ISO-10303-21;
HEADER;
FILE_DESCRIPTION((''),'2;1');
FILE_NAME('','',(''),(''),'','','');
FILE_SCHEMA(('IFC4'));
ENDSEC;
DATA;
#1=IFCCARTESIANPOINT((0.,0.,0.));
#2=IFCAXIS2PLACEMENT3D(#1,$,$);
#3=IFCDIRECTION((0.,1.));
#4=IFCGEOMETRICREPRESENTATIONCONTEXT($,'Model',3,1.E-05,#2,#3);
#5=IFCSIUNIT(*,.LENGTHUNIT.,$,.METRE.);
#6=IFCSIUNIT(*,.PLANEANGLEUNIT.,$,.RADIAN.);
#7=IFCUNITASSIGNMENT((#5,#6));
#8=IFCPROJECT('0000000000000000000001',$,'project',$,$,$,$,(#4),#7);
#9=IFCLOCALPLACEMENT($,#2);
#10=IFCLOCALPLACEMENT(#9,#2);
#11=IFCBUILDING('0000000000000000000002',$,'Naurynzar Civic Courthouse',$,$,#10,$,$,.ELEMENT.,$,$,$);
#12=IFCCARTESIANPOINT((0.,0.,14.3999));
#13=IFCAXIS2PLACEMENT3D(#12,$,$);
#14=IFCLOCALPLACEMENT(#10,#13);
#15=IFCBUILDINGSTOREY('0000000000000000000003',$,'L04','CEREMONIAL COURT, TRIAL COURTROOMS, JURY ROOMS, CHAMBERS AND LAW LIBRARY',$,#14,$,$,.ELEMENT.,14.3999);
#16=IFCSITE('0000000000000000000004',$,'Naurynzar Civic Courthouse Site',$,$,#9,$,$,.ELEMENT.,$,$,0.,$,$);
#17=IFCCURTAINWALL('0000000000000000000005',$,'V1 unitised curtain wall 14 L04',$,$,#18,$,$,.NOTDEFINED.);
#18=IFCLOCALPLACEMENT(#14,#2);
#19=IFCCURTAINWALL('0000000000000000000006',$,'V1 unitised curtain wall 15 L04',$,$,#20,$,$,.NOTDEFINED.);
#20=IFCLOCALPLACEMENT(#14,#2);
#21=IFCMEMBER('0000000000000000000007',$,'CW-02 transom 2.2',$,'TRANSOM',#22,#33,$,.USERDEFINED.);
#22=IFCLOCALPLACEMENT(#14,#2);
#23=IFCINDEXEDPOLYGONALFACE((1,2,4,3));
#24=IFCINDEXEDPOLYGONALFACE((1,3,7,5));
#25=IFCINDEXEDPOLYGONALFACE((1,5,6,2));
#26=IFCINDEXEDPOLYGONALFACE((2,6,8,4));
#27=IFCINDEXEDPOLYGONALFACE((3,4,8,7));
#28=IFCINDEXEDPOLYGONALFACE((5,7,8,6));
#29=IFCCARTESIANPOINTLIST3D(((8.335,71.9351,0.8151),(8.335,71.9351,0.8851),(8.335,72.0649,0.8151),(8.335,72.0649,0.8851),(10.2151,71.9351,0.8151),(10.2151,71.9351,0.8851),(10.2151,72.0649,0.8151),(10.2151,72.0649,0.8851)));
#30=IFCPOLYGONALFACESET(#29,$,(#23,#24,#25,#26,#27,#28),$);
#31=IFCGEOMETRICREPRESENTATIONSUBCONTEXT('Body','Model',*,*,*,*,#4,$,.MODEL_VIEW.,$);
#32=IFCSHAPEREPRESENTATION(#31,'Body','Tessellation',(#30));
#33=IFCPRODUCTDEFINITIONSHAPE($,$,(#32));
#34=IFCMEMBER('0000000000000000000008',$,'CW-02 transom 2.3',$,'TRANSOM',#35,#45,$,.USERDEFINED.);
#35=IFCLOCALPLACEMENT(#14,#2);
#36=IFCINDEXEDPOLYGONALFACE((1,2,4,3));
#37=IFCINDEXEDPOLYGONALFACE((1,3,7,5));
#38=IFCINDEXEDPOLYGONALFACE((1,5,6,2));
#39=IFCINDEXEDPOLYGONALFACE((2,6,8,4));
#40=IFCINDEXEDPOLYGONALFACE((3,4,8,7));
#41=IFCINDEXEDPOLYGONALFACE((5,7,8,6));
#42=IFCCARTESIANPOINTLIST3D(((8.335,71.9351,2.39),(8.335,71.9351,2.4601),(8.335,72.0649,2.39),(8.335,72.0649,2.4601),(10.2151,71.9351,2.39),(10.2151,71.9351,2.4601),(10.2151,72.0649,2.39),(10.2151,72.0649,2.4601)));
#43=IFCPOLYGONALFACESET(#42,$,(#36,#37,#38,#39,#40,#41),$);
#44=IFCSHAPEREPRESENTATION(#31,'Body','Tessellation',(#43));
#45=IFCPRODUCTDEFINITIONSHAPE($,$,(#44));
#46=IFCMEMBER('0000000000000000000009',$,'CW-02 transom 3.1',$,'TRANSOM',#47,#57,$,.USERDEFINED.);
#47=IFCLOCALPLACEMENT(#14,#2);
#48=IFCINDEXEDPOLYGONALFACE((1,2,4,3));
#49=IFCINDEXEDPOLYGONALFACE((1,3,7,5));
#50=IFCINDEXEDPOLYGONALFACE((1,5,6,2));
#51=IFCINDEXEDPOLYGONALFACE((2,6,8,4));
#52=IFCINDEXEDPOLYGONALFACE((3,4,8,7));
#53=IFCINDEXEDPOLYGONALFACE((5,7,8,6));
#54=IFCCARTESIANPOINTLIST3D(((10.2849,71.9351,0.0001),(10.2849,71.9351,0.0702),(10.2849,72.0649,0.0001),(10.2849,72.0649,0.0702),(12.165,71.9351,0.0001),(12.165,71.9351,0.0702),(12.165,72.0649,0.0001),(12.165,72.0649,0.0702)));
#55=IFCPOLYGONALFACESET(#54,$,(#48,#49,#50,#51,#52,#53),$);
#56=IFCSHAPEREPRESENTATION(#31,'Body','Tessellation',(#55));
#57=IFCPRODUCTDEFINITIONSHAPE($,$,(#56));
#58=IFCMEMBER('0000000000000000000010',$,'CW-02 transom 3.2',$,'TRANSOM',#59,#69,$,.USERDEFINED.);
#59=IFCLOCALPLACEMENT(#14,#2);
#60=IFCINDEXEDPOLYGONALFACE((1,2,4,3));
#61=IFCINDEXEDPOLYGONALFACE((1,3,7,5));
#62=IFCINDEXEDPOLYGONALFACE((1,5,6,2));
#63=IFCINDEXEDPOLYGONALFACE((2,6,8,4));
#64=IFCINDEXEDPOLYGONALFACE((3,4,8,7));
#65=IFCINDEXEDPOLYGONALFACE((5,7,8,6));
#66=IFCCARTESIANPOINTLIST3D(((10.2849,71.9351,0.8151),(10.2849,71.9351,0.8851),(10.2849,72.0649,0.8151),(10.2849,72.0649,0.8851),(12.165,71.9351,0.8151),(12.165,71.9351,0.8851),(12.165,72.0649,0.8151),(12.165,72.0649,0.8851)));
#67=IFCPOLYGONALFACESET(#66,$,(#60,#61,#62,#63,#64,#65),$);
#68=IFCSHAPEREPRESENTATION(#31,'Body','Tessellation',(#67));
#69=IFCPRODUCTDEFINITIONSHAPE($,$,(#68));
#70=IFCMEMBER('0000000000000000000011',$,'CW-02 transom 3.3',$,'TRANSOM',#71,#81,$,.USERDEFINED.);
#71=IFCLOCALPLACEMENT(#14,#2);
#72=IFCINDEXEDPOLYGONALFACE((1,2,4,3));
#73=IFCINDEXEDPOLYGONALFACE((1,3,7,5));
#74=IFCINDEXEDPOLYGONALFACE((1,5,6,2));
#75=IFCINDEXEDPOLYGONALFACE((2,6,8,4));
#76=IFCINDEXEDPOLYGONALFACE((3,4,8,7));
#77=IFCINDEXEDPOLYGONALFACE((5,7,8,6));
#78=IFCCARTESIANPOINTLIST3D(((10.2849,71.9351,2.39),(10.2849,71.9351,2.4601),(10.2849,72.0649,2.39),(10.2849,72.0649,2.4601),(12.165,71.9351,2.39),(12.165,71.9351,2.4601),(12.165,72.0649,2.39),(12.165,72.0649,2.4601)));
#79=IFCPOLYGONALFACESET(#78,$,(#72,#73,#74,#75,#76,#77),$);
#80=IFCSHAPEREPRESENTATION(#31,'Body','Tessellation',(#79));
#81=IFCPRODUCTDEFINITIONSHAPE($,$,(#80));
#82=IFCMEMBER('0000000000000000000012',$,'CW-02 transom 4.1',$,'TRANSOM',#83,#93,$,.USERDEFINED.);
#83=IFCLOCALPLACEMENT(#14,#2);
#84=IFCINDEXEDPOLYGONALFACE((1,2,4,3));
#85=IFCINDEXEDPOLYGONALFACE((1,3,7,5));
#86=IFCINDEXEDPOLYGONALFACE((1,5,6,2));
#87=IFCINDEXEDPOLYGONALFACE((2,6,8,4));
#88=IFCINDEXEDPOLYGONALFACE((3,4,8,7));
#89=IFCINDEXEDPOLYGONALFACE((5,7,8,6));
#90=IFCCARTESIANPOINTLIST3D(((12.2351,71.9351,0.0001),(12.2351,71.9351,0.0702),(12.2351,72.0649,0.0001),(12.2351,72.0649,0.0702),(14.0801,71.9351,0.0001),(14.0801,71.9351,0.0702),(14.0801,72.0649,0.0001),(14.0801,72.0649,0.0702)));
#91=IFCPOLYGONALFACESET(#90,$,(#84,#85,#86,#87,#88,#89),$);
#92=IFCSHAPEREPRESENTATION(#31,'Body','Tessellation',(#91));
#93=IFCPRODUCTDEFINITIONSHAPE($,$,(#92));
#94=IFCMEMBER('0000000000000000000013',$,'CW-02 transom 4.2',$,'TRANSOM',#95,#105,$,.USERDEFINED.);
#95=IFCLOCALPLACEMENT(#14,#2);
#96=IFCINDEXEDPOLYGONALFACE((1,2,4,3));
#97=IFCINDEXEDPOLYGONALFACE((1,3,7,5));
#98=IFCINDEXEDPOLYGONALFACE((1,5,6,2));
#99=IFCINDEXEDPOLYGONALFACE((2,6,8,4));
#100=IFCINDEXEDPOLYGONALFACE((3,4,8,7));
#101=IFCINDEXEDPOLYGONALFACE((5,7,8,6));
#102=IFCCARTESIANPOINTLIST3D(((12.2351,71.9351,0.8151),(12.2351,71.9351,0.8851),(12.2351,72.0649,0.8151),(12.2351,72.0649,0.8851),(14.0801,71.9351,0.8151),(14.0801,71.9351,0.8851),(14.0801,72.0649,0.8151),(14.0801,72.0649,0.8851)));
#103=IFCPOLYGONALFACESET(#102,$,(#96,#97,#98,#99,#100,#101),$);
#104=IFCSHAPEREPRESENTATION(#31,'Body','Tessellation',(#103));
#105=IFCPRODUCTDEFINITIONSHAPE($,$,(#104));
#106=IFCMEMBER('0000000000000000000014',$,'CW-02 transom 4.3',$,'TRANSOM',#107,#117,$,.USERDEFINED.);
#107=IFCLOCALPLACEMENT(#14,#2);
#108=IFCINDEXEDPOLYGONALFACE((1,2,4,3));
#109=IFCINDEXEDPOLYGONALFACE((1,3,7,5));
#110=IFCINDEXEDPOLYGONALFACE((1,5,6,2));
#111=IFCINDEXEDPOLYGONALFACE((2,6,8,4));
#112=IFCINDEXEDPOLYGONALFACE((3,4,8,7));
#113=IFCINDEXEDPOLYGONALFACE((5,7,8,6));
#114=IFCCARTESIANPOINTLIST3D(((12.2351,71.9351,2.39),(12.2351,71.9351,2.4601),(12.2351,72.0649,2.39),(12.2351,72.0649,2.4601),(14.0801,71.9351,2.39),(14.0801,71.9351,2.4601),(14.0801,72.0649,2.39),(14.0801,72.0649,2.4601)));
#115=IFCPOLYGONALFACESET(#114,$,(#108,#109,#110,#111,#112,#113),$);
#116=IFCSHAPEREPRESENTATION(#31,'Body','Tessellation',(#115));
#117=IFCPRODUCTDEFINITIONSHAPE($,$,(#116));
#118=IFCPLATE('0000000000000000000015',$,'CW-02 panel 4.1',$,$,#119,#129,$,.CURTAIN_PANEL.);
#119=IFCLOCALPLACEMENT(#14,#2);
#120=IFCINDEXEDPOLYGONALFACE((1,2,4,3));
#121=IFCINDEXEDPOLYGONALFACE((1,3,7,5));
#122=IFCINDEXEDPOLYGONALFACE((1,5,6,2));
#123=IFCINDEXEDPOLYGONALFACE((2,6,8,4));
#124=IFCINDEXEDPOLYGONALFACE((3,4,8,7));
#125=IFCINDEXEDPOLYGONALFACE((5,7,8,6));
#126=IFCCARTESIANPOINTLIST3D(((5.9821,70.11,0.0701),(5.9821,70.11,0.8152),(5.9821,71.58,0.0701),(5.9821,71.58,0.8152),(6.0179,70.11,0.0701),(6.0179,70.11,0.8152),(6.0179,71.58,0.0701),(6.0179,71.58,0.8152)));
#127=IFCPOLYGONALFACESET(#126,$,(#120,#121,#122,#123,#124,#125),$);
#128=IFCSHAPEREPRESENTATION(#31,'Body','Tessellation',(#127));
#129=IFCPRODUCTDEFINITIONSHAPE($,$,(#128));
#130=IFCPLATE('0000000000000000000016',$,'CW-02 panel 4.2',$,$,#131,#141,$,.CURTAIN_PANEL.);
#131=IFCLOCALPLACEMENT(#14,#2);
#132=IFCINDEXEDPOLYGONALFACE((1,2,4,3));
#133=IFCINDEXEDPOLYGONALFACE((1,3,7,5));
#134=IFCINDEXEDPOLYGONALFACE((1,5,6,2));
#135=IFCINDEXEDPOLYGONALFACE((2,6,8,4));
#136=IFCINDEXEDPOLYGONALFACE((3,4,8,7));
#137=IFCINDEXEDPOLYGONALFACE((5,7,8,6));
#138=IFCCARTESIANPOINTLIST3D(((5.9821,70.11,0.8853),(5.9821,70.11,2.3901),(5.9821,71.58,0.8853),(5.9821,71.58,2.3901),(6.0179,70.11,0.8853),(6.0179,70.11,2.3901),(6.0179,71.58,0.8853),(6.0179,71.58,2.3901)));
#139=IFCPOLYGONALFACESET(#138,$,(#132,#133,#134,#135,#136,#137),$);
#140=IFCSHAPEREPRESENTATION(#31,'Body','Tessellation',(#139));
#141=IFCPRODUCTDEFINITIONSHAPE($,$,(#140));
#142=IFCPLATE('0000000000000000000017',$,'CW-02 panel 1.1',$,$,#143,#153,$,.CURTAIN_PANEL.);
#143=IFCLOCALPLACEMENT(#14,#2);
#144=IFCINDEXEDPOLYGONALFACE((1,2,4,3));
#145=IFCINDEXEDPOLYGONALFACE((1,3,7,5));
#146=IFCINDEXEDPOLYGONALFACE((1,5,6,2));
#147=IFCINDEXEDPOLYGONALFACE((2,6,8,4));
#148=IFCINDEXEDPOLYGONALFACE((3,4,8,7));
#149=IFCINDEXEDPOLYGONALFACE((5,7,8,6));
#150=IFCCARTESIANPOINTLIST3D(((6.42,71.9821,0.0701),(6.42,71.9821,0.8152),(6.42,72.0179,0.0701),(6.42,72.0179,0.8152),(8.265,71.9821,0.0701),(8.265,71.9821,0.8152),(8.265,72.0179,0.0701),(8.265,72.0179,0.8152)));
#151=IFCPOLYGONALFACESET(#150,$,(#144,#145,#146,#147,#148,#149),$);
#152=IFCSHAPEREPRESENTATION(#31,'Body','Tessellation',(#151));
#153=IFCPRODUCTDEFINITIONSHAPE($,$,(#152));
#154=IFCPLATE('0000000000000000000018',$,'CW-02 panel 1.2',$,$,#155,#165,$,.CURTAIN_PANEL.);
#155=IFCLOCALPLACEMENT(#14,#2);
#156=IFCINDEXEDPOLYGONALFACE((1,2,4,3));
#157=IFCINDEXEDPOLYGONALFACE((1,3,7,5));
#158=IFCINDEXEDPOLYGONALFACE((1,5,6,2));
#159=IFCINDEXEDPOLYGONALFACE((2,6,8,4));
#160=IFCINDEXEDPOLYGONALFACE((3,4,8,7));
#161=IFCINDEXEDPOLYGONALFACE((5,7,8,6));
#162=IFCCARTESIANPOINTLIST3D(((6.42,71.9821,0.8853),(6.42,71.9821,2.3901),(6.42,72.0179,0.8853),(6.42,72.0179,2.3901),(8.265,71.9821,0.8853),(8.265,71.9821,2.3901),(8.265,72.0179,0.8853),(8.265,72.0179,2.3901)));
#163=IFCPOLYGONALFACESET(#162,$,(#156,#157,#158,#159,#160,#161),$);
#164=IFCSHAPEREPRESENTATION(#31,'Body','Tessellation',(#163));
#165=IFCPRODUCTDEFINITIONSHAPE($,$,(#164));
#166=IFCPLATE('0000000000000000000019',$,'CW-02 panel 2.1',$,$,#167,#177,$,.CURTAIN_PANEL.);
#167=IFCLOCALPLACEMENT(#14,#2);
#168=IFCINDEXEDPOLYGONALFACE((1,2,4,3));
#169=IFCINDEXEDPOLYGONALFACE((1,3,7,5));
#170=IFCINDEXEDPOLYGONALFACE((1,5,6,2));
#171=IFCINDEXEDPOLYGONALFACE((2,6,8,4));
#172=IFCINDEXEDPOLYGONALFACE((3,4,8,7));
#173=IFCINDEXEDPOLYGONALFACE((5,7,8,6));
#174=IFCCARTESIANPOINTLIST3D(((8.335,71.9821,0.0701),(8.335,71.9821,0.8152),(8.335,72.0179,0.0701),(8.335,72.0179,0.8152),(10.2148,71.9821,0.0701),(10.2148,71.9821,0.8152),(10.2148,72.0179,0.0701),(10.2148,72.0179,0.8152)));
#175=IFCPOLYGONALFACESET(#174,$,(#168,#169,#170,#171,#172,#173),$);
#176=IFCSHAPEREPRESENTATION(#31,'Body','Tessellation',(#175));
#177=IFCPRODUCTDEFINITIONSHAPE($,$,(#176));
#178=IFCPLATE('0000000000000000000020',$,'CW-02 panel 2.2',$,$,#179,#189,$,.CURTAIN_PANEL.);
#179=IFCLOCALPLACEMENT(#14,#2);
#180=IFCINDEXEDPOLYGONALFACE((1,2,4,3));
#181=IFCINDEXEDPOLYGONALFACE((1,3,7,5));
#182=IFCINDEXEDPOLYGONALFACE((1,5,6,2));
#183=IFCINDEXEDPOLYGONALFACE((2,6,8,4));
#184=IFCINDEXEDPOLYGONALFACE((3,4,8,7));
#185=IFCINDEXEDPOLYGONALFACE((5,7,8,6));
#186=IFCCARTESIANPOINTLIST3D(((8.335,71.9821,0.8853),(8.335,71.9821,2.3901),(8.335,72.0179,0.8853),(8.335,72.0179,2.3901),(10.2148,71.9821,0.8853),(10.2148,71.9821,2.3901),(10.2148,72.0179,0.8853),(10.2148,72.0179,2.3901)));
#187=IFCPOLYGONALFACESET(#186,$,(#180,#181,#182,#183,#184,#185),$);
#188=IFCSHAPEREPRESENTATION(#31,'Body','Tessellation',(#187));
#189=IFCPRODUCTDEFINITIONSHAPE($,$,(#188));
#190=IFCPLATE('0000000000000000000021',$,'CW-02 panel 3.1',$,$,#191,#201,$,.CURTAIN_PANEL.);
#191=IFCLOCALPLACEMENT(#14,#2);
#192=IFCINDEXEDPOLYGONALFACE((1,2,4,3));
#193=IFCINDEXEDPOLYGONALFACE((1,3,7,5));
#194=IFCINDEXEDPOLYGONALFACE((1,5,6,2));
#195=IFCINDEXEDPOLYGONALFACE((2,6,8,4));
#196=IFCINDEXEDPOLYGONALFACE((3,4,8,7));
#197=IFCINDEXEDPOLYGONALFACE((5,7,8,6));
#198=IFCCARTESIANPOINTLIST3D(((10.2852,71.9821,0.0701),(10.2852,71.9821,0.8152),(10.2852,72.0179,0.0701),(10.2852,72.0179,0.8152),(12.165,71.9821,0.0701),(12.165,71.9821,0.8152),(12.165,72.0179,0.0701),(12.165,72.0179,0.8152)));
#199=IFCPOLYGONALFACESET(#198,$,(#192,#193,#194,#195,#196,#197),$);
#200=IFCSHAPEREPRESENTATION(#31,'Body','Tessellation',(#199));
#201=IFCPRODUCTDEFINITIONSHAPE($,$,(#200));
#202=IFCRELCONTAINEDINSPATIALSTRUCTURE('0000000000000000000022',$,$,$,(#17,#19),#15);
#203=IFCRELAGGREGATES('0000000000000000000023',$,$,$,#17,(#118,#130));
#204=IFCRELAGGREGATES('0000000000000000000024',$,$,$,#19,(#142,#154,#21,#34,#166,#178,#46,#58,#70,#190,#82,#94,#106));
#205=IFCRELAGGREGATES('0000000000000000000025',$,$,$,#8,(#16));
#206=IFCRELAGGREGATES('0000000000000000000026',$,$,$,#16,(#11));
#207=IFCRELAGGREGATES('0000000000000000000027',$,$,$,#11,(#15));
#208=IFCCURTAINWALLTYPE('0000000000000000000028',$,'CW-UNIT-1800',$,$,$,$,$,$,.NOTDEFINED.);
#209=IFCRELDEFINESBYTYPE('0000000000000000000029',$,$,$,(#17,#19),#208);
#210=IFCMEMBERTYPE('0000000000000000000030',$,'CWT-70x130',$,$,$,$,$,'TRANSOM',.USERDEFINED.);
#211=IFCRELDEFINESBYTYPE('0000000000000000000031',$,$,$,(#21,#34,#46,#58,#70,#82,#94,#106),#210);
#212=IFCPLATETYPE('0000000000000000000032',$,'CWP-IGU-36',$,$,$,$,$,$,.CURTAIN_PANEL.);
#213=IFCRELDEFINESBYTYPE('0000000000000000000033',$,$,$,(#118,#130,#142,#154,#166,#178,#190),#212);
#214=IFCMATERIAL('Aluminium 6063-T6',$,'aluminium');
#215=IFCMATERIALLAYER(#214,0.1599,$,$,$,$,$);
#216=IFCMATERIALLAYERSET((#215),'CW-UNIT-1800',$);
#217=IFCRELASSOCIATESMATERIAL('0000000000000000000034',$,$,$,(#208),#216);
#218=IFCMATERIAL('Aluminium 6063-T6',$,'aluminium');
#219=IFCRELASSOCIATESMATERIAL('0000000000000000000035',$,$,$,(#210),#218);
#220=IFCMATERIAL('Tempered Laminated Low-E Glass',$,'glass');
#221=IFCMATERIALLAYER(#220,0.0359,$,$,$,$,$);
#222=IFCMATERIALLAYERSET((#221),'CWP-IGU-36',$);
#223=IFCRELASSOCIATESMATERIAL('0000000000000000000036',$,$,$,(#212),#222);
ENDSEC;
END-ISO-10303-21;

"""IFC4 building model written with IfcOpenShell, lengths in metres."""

from ifc_helpers import new_model, si_unit, direction, frame, origin, origin_2d, place, context, subcontext, project, spatial, rectangle, extrude, material, layer, layer_set, material_profile, profile_set, type_object, element, aggregate, save


model = new_model("IFC4")

# Units and contexts
model_context = context("Model", 3, precision=1e-05, world=origin(), true_north=direction((0.0, 1.0)))
body_context = subcontext(model_context, "Body", "Model", "MODEL_VIEW")
ifc_project = project(units=[si_unit("LENGTHUNIT", "METRE"), si_unit("PLANEANGLEUNIT", "RADIAN")], contexts=[model_context])

# Site, building, storey
site_placement = place(None, origin())
site = spatial("IfcSite", under=ifc_project, at=site_placement, Name="Naurynzar Civic Courthouse Site", CompositionType="ELEMENT", RefElevation=0.0)
building_placement = place(site_placement, origin())
building = spatial("IfcBuilding", under=site, at=building_placement, Name="Naurynzar Civic Courthouse", CompositionType="ELEMENT")
storey_placement = place(building_placement, frame((0.0, 0.0, 14.3999)))
storey = spatial("IfcBuildingStorey", under=building, at=storey_placement, Name="L04", Description="CEREMONIAL COURT, TRIAL COURTROOMS, JURY ROOMS, CHAMBERS AND LAW LIBRARY", CompositionType="ELEMENT", Elevation=14.3999)

# Curtain wall
ifc_material_1 = material(Name="Aluminium 6063-T6", Category="aluminium")
ifc_layer_1 = layer(ifc_material_1, 0.1599)
ifc_layer_set_1 = layer_set([ifc_layer_1], Name="CW-UNIT-1800")
curtain_wall_type = type_object("IfcCurtainWallType", Name="CW-UNIT-1800", PredefinedType="NOTDEFINED", material=ifc_layer_set_1)
curtain_wall_1_placement = place(storey_placement, origin())
curtain_wall_1 = element("IfcCurtainWall", 1, at=curtain_wall_1_placement, inside=storey, type_object=curtain_wall_type, Name="V1 unitised curtain wall 14 L04", PredefinedType="NOTDEFINED")

# Curtain wall
curtain_wall_2_placement = place(storey_placement, origin())
curtain_wall_2 = element("IfcCurtainWall", 2, at=curtain_wall_2_placement, inside=storey, type_object=curtain_wall_type, Name="V1 unitised curtain wall 15 L04", PredefinedType="NOTDEFINED")

# Members
ifc_material_2 = material(Name="Aluminium 6063-T6", Category="aluminium")
ifc_material_profile_1 = material_profile(ifc_material_2, rectangle(XDim=0.1299, YDim=0.0701, at=origin_2d()), Name="ALU TRANSOM 70x130")
ifc_profile_set_1 = profile_set([ifc_material_profile_1], Name="Aluminium 6063-T6")
member_type_1 = type_object("IfcMemberType", Name="CWT-70x130", ElementType="TRANSOM", PredefinedType="USERDEFINED", material=ifc_profile_set_1)
member_1_placement = place(storey_placement, frame((8.335, 72.0, 0.8501), z_axis=(1.0, 0.0, 0.0), x_axis=(0.0, 1.0, 0.0)))
member_1 = element("IfcMember", 3, at=member_1_placement, type_object=member_type_1, Name="CW-02 transom 2.2", ObjectType="TRANSOM", PredefinedType="USERDEFINED", context=body_context, shape_type="SweptSolid", body=[
    extrude(rectangle(XDim=0.1299, YDim=0.0701, at=origin_2d()), origin(), (0.0, 0.0, 1.0), 1.8801),
])
member_2_placement = place(storey_placement, frame((8.335, 72.0, 2.425), z_axis=(1.0, 0.0, 0.0), x_axis=(0.0, 1.0, 0.0)))
member_2 = element("IfcMember", 4, at=member_2_placement, type_object=member_type_1, Name="CW-02 transom 2.3", ObjectType="TRANSOM", PredefinedType="USERDEFINED", context=body_context, shape_type="SweptSolid", body=[
    extrude(rectangle(XDim=0.1299, YDim=0.0701, at=origin_2d()), origin(), (0.0, 0.0, 1.0), 1.8801),
])
member_3_placement = place(storey_placement, frame((10.2849, 72.0, 0.0352), z_axis=(1.0, 0.0, 0.0), x_axis=(0.0, 1.0, 0.0)))
member_3 = element("IfcMember", 5, at=member_3_placement, type_object=member_type_1, Name="CW-02 transom 3.1", ObjectType="TRANSOM", PredefinedType="USERDEFINED", context=body_context, shape_type="SweptSolid", body=[
    extrude(rectangle(XDim=0.1299, YDim=0.0701, at=origin_2d()), origin(), (0.0, 0.0, 1.0), 1.8801),
])
member_4_placement = place(storey_placement, frame((10.2849, 72.0, 0.8501), z_axis=(1.0, 0.0, 0.0), x_axis=(0.0, 1.0, 0.0)))
member_4 = element("IfcMember", 6, at=member_4_placement, type_object=member_type_1, Name="CW-02 transom 3.2", ObjectType="TRANSOM", PredefinedType="USERDEFINED", context=body_context, shape_type="SweptSolid", body=[
    extrude(rectangle(XDim=0.1299, YDim=0.0701, at=origin_2d()), origin(), (0.0, 0.0, 1.0), 1.8801),
])
member_5_placement = place(storey_placement, frame((10.2849, 72.0, 2.425), z_axis=(1.0, 0.0, 0.0), x_axis=(0.0, 1.0, 0.0)))
member_5 = element("IfcMember", 7, at=member_5_placement, type_object=member_type_1, Name="CW-02 transom 3.3", ObjectType="TRANSOM", PredefinedType="USERDEFINED", context=body_context, shape_type="SweptSolid", body=[
    extrude(rectangle(XDim=0.1299, YDim=0.0701, at=origin_2d()), origin(), (0.0, 0.0, 1.0), 1.8801),
])
member_6_placement = place(storey_placement, frame((12.2351, 72.0, 0.0352), z_axis=(1.0, 0.0, 0.0), x_axis=(0.0, 1.0, 0.0)))
member_6 = element("IfcMember", 8, at=member_6_placement, type_object=member_type_1, Name="CW-02 transom 4.1", ObjectType="TRANSOM", PredefinedType="USERDEFINED", context=body_context, shape_type="SweptSolid", body=[
    extrude(rectangle(XDim=0.1299, YDim=0.0701, at=origin_2d()), origin(), (0.0, 0.0, 1.0), 1.845),
])
member_7_placement = place(storey_placement, frame((12.2351, 72.0, 0.8501), z_axis=(1.0, 0.0, 0.0), x_axis=(0.0, 1.0, 0.0)))
member_7 = element("IfcMember", 9, at=member_7_placement, type_object=member_type_1, Name="CW-02 transom 4.2", ObjectType="TRANSOM", PredefinedType="USERDEFINED", context=body_context, shape_type="SweptSolid", body=[
    extrude(rectangle(XDim=0.1299, YDim=0.0701, at=origin_2d()), origin(), (0.0, 0.0, 1.0), 1.845),
])
member_8_placement = place(storey_placement, frame((12.2351, 72.0, 2.425), z_axis=(1.0, 0.0, 0.0), x_axis=(0.0, 1.0, 0.0)))
member_8 = element("IfcMember", 10, at=member_8_placement, type_object=member_type_1, Name="CW-02 transom 4.3", ObjectType="TRANSOM", PredefinedType="USERDEFINED", context=body_context, shape_type="SweptSolid", body=[
    extrude(rectangle(XDim=0.1299, YDim=0.0701, at=origin_2d()), origin(), (0.0, 0.0, 1.0), 1.845),
])

# Plates
ifc_material_3 = material(Name="Tempered Laminated Low-E Glass", Category="glass")
ifc_layer_2 = layer(ifc_material_3, 0.0359)
ifc_layer_set_2 = layer_set([ifc_layer_2], Name="CWP-IGU-36")
plate_type = type_object("IfcPlateType", Name="CWP-IGU-36", PredefinedType="CURTAIN_PANEL", material=ifc_layer_set_2)
plate_1_placement = place(storey_placement, frame((6.0, 70.845, 0.0701), z_axis=(0.0, 0.0, 1.0), x_axis=(0.0, 1.0, 0.0)))
plate_1 = element("IfcPlate", 11, at=plate_1_placement, type_object=plate_type, Name="CW-02 panel 4.1", PredefinedType="CURTAIN_PANEL", context=body_context, shape_type="SweptSolid", body=[
    extrude(rectangle(XDim=1.47, YDim=0.0359, at=origin_2d()), origin(), (0.0, 0.0, 1.0), 0.7451),
])
plate_2_placement = place(storey_placement, frame((6.0, 70.845, 0.8853), z_axis=(0.0, 0.0, 1.0), x_axis=(0.0, 1.0, 0.0)))
plate_2 = element("IfcPlate", 12, at=plate_2_placement, type_object=plate_type, Name="CW-02 panel 4.2", PredefinedType="CURTAIN_PANEL", context=body_context, shape_type="SweptSolid", body=[
    extrude(rectangle(XDim=1.47, YDim=0.0359, at=origin_2d()), origin(), (0.0, 0.0, 1.0), 1.5049),
])
aggregate(curtain_wall_1, [plate_1, plate_2])
plate_3_placement = place(storey_placement, frame((7.3425, 72.0, 0.0701), z_axis=(0.0, 0.0, 1.0), x_axis=(1.0, 0.0, 0.0)))
plate_3 = element("IfcPlate", 13, at=plate_3_placement, type_object=plate_type, Name="CW-02 panel 1.1", PredefinedType="CURTAIN_PANEL", context=body_context, shape_type="SweptSolid", body=[
    extrude(rectangle(XDim=1.845, YDim=0.0359, at=origin_2d()), origin(), (0.0, 0.0, 1.0), 0.7451),
])
plate_4_placement = place(storey_placement, frame((7.3425, 72.0, 0.8853), z_axis=(0.0, 0.0, 1.0), x_axis=(1.0, 0.0, 0.0)))
plate_4 = element("IfcPlate", 14, at=plate_4_placement, type_object=plate_type, Name="CW-02 panel 1.2", PredefinedType="CURTAIN_PANEL", context=body_context, shape_type="SweptSolid", body=[
    extrude(rectangle(XDim=1.845, YDim=0.0359, at=origin_2d()), origin(), (0.0, 0.0, 1.0), 1.5049),
])
plate_5_placement = place(storey_placement, frame((9.2749, 72.0, 0.0701), z_axis=(0.0, 0.0, 1.0), x_axis=(1.0, 0.0, 0.0)))
plate_5 = element("IfcPlate", 15, at=plate_5_placement, type_object=plate_type, Name="CW-02 panel 2.1", PredefinedType="CURTAIN_PANEL", context=body_context, shape_type="SweptSolid", body=[
    extrude(rectangle(XDim=1.8799, YDim=0.0359, at=origin_2d()), origin(), (0.0, 0.0, 1.0), 0.7451),
])
plate_6_placement = place(storey_placement, frame((9.2749, 72.0, 0.8853), z_axis=(0.0, 0.0, 1.0), x_axis=(1.0, 0.0, 0.0)))
plate_6 = element("IfcPlate", 16, at=plate_6_placement, type_object=plate_type, Name="CW-02 panel 2.2", PredefinedType="CURTAIN_PANEL", context=body_context, shape_type="SweptSolid", body=[
    extrude(rectangle(XDim=1.8799, YDim=0.0359, at=origin_2d()), origin(), (0.0, 0.0, 1.0), 1.5049),
])
plate_7_placement = place(storey_placement, frame((11.2251, 72.0, 0.0701), z_axis=(0.0, 0.0, 1.0), x_axis=(1.0, 0.0, 0.0)))
plate_7 = element("IfcPlate", 17, at=plate_7_placement, type_object=plate_type, Name="CW-02 panel 3.1", PredefinedType="CURTAIN_PANEL", context=body_context, shape_type="SweptSolid", body=[
    extrude(rectangle(XDim=1.8799, YDim=0.0359, at=origin_2d()), origin(), (0.0, 0.0, 1.0), 0.7451),
])
aggregate(curtain_wall_2, [plate_3, plate_4, member_1, member_2, plate_5, plate_6, member_3, member_4, member_5, plate_7, member_6, member_7, member_8])

save(model, "model.ifc")
